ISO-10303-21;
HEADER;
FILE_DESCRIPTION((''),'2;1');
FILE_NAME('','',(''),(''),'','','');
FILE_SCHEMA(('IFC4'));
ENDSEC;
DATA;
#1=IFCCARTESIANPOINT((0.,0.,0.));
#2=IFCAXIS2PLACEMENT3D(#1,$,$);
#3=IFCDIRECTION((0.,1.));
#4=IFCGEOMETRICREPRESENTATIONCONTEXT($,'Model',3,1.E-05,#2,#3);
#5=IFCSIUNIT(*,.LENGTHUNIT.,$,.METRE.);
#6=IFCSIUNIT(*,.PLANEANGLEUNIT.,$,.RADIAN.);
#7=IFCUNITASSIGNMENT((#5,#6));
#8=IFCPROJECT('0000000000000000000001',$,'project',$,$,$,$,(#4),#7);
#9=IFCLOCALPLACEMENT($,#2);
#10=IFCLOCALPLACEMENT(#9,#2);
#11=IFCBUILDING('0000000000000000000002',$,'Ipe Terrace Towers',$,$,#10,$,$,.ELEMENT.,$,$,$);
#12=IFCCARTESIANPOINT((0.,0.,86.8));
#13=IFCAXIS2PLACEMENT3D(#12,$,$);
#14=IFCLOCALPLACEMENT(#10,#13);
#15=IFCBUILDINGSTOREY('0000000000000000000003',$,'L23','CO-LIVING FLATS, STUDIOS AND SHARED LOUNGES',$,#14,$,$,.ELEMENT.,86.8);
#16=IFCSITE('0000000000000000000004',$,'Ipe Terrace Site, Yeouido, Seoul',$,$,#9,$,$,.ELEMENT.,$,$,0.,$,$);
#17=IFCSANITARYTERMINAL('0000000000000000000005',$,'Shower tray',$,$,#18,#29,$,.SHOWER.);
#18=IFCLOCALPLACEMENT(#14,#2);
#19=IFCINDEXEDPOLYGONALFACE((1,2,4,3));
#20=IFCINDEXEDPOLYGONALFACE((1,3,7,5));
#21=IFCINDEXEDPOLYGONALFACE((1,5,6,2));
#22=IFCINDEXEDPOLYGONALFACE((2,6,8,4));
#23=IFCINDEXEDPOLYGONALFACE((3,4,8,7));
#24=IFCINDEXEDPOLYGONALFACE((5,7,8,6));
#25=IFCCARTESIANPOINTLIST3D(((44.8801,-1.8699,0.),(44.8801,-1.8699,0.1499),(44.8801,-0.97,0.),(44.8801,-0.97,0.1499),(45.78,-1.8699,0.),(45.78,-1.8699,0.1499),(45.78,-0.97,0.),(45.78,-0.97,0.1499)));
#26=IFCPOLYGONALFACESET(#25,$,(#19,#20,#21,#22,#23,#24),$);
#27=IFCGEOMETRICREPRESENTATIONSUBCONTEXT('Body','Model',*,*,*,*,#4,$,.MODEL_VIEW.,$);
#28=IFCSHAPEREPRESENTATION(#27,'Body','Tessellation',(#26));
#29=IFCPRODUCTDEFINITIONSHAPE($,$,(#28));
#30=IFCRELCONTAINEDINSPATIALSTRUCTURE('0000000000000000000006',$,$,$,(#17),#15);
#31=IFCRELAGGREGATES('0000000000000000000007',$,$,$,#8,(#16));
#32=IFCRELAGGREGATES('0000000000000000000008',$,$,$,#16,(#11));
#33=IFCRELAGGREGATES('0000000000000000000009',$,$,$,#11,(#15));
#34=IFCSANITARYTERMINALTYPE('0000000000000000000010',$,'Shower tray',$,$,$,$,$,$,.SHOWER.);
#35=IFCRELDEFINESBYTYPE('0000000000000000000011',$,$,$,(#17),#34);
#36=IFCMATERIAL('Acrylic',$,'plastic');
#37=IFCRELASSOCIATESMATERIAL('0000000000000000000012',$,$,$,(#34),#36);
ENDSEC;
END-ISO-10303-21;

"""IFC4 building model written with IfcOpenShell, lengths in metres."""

from ifc_helpers import new_model, si_unit, direction, frame, origin, origin_2d, place, context, subcontext, project, spatial, rectangle, extrude, material, type_object, element, save


model = new_model("IFC4")

# Units and contexts
model_context = context("Model", 3, precision=1e-05, world=origin(), true_north=direction((0.0, 1.0)))
body_context = subcontext(model_context, "Body", "Model", "MODEL_VIEW")
ifc_project = project(units=[si_unit("LENGTHUNIT", "METRE"), si_unit("PLANEANGLEUNIT", "RADIAN")], contexts=[model_context])

# Site, building, storey
site_placement = place(None, origin())
site = spatial("IfcSite", under=ifc_project, at=site_placement, Name="Ipe Terrace Site, Yeouido, Seoul", CompositionType="ELEMENT", RefElevation=0.0)
building_placement = place(site_placement, origin())
building = spatial("IfcBuilding", under=site, at=building_placement, Name="Ipe Terrace Towers", CompositionType="ELEMENT")
storey_placement = place(building_placement, frame((0.0, 0.0, 86.8)))
storey = spatial("IfcBuildingStorey", under=building, at=storey_placement, Name="L23", Description="CO-LIVING FLATS, STUDIOS AND SHARED LOUNGES", CompositionType="ELEMENT", Elevation=86.8)

# Sanitary terminal
ifc_material_1 = material(Name="Acrylic", Category="plastic")
sanitary_terminal_type_1 = type_object("IfcSanitaryTerminalType", Name="Shower tray", PredefinedType="SHOWER", material=ifc_material_1)
sanitary_terminal_placement = place(storey_placement, frame((45.3301, -1.4199, 0.0), z_axis=(0.0, 0.0, 1.0), x_axis=(0.0, -1.0, 0.0)))
element("IfcSanitaryTerminal", 1, at=sanitary_terminal_placement, inside=storey, type_object=sanitary_terminal_type_1, Name="Shower tray", PredefinedType="SHOWER", context=body_context, shape_type="SweptSolid", body=[
    extrude(rectangle(XDim=0.8999, YDim=0.8999, at=origin_2d()), origin(), (0.0, 0.0, 1.0), 0.1499),
])

save(model, "model.ifc")
